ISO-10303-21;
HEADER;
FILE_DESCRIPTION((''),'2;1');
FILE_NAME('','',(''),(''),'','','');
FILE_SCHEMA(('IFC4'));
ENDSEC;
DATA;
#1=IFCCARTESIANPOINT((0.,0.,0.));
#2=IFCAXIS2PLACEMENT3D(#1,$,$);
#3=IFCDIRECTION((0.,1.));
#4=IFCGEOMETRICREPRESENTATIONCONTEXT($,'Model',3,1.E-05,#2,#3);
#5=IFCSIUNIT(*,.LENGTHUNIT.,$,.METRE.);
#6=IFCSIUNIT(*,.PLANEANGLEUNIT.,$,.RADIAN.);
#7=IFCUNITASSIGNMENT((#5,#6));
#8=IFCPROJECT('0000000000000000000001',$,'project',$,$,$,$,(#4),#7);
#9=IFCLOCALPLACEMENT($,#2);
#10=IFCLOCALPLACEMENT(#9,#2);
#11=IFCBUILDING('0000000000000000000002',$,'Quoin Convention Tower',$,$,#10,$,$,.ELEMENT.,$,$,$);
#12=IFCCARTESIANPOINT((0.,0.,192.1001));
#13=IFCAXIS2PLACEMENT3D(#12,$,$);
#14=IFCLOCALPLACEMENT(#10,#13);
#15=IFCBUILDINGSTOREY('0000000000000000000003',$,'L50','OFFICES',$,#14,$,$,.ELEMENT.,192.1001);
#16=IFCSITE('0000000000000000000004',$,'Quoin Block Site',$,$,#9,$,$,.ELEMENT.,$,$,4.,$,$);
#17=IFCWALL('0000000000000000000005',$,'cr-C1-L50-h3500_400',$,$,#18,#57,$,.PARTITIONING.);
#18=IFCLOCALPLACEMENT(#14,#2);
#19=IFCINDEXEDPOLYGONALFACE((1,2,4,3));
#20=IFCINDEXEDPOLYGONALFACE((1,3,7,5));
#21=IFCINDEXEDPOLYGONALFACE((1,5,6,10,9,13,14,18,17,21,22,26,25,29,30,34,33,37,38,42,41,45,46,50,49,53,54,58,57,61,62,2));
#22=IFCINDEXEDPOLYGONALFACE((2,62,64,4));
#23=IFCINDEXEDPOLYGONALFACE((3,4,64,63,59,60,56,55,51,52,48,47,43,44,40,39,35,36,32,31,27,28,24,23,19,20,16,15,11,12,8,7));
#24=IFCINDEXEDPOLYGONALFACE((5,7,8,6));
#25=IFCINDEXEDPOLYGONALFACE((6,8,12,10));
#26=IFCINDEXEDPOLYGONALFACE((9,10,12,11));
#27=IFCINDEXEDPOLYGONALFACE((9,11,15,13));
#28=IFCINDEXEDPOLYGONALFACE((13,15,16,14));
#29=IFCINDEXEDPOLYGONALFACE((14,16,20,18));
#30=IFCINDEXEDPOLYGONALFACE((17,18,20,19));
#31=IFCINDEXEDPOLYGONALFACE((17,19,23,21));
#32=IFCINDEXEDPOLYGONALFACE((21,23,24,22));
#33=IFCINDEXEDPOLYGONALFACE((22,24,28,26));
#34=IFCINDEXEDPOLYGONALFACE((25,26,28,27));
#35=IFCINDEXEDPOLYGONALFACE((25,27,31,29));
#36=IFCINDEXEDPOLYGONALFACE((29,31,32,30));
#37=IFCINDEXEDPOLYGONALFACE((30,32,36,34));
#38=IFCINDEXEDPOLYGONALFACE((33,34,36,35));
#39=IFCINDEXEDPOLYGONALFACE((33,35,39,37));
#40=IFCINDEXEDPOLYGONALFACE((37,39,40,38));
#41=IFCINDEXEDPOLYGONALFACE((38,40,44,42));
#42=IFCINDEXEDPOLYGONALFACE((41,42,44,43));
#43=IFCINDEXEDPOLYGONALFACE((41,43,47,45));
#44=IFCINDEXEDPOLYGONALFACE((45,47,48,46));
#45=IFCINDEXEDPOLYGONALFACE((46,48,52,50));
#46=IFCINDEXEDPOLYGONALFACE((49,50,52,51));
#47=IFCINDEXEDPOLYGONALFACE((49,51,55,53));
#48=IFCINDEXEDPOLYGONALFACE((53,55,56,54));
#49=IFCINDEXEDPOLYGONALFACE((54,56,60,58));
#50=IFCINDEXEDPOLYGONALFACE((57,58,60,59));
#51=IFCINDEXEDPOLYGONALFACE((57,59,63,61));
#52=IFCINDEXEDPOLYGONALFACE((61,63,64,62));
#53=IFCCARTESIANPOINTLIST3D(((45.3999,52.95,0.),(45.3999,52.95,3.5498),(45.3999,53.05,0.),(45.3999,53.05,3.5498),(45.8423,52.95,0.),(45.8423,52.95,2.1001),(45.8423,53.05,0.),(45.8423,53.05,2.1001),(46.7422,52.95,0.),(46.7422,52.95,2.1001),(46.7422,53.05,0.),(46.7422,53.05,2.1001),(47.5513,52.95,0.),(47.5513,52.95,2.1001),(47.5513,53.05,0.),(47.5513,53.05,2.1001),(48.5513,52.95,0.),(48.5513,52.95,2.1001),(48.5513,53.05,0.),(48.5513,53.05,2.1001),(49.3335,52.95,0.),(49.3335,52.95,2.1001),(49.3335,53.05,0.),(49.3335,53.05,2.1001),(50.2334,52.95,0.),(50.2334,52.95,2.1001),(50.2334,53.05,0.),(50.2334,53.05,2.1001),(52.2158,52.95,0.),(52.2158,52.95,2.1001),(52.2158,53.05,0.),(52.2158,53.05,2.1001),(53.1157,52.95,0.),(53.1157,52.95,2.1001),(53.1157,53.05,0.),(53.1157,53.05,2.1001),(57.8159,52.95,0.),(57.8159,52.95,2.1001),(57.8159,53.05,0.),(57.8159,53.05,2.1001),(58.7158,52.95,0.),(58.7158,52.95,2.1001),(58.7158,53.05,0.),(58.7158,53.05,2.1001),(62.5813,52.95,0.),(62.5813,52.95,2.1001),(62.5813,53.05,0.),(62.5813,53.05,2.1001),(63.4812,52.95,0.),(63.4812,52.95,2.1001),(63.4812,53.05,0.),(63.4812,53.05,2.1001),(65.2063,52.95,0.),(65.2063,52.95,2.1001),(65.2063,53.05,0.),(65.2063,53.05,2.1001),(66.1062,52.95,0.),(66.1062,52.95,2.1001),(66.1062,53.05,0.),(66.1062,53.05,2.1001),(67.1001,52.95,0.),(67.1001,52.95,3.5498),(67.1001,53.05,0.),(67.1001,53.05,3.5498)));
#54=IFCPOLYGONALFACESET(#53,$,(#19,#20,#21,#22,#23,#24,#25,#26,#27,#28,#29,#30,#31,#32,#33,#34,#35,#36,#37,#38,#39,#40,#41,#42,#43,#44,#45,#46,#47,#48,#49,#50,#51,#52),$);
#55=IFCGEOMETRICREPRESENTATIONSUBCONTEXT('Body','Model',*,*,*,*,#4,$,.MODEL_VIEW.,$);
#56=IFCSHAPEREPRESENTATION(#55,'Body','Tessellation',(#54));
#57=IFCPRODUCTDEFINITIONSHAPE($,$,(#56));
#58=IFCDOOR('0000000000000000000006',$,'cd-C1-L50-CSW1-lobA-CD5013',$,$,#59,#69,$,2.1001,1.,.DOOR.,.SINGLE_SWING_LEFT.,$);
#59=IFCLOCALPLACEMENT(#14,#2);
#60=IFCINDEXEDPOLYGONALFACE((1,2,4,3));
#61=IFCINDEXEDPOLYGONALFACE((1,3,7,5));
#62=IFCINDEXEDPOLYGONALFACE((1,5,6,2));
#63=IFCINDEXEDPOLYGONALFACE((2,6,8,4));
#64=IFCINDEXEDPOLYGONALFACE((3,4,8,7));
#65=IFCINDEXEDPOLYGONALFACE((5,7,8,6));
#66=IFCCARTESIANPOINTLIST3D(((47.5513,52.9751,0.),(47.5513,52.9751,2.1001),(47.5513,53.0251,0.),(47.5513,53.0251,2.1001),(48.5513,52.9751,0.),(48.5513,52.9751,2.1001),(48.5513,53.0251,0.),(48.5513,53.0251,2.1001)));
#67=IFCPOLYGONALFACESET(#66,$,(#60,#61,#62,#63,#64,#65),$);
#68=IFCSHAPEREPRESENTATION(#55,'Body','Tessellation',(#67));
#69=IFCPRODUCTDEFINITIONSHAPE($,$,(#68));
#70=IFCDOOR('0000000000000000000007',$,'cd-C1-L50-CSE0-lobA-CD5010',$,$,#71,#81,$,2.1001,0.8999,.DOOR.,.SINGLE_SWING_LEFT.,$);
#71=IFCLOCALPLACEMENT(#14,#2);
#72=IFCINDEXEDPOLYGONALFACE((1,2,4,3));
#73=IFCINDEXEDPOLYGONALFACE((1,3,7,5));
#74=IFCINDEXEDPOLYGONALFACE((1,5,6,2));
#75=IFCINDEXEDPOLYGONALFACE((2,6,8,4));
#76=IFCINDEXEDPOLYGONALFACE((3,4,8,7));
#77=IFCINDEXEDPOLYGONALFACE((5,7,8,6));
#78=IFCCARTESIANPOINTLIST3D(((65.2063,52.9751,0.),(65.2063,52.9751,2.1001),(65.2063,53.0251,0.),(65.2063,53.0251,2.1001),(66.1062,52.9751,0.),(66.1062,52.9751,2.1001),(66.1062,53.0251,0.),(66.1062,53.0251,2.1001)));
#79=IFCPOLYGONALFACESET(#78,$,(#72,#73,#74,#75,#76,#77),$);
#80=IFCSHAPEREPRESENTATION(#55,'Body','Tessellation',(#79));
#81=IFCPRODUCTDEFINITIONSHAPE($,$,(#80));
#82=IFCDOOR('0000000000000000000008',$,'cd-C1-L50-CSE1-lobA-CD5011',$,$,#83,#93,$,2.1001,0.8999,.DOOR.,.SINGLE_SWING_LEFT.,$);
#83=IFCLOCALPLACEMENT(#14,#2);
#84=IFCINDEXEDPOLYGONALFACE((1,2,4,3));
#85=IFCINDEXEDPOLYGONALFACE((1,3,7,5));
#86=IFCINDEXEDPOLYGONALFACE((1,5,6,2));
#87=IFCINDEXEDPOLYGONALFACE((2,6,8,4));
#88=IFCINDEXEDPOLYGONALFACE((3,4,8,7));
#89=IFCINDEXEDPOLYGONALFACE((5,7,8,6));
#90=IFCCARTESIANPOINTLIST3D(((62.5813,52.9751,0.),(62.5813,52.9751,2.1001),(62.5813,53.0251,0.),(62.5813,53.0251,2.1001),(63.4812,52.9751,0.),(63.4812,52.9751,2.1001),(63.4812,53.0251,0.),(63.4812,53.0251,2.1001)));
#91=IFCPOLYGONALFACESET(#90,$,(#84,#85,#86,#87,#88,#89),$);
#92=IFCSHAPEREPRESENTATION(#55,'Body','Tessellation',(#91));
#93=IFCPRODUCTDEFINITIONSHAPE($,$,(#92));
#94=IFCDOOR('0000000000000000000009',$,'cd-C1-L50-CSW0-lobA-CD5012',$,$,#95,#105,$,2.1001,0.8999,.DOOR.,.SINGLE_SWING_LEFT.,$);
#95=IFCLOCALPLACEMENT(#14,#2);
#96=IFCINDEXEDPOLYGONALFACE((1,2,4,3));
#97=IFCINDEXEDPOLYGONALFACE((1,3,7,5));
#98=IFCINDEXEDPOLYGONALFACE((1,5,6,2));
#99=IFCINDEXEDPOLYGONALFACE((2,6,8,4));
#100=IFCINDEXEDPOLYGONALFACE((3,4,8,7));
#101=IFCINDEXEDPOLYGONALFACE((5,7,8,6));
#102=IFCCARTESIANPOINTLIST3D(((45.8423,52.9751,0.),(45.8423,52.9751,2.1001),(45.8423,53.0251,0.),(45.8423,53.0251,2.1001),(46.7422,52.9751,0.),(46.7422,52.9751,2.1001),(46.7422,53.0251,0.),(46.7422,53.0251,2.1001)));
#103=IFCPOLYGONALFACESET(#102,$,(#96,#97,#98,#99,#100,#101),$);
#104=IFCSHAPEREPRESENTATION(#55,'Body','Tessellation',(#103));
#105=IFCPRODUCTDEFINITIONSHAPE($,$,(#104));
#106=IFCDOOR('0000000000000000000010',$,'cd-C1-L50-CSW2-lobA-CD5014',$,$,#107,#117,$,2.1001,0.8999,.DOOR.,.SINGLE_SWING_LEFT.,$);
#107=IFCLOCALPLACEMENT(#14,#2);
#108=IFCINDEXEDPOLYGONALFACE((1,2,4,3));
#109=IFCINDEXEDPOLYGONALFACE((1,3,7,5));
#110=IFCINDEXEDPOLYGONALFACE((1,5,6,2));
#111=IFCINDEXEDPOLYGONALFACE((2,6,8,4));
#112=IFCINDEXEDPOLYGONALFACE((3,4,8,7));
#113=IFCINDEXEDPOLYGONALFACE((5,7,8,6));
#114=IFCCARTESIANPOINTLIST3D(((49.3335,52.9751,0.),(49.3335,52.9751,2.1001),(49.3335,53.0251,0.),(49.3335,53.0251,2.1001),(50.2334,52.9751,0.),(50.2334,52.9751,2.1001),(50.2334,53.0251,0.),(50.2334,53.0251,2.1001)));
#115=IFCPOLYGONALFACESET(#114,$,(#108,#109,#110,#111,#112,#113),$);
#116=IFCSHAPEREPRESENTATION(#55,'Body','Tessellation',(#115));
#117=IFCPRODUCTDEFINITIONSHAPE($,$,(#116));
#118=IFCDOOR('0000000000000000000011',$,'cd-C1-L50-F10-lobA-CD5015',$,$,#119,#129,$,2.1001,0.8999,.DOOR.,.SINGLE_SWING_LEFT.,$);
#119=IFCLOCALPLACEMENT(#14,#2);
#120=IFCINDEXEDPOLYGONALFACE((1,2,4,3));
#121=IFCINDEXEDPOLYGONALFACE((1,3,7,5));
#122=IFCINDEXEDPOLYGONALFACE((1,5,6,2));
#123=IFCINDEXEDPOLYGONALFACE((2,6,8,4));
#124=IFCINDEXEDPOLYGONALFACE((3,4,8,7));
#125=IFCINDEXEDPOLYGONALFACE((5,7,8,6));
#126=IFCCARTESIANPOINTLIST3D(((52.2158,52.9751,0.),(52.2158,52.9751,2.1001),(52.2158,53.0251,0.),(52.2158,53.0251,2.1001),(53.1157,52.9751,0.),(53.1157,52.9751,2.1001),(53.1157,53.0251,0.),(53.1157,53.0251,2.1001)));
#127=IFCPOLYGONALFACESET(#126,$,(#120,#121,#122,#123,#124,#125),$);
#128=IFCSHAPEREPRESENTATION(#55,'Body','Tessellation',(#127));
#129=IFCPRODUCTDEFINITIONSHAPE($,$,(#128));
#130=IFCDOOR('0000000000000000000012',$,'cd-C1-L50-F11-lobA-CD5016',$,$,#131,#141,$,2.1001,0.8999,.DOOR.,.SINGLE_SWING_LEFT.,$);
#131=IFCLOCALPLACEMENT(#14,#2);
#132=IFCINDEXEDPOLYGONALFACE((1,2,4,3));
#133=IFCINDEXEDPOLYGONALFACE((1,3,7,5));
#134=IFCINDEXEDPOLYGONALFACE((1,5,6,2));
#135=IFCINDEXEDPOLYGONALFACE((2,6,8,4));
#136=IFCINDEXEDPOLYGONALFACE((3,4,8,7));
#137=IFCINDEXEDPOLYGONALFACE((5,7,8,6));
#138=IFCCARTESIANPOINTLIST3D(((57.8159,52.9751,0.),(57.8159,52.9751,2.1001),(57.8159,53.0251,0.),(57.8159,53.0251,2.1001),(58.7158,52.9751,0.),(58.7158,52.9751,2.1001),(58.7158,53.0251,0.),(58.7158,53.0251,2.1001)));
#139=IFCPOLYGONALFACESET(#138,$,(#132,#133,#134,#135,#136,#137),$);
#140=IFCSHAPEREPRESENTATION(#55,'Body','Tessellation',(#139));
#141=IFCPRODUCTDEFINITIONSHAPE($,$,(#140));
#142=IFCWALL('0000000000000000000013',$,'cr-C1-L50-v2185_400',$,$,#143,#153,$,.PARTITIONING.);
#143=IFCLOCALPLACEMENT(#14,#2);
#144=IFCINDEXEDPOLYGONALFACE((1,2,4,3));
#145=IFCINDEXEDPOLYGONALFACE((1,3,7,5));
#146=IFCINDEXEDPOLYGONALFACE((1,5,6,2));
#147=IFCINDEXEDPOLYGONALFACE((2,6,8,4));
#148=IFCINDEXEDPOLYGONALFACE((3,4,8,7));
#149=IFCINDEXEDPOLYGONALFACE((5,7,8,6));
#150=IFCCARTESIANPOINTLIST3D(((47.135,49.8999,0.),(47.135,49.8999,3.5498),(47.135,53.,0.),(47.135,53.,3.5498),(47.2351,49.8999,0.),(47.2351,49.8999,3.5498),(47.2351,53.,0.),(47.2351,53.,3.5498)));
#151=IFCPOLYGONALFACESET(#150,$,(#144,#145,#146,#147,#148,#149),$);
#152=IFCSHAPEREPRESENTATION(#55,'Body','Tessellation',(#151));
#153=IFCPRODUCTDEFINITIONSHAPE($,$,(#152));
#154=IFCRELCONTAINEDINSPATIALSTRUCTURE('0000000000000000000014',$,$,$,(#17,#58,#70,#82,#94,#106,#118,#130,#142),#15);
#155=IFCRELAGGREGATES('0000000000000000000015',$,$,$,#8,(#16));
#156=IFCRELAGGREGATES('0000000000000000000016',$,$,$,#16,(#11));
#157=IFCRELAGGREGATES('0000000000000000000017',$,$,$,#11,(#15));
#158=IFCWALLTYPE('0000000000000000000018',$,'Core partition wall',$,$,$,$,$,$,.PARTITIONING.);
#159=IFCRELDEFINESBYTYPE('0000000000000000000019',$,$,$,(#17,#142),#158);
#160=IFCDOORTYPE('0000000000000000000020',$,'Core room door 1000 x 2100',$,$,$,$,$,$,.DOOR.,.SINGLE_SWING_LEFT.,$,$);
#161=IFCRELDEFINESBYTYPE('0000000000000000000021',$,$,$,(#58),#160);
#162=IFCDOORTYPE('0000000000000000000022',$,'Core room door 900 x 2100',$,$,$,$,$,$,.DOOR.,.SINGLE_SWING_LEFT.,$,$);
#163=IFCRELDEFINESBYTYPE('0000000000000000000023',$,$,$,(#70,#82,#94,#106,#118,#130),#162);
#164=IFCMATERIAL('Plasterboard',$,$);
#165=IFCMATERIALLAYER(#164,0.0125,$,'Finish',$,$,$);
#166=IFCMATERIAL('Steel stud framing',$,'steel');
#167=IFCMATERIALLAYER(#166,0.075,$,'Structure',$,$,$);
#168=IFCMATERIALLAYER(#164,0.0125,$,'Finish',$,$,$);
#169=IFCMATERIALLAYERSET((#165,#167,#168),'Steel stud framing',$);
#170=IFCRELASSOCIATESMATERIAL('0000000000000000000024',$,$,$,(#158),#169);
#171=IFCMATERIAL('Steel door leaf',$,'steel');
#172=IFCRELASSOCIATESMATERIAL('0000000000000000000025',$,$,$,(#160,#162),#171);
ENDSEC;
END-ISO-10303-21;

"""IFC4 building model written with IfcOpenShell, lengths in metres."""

from ifc_helpers import new_model, si_unit, direction, frame, frame_2d, origin, place, context, subcontext, project, spatial, rectangle, extrude, material, layer, layer_set, type_object, element, fill, save


model = new_model("IFC4")

# Units and contexts
model_context = context("Model", 3, precision=1e-05, world=origin(), true_north=direction((0.0, 1.0)))
body_context = subcontext(model_context, "Body", "Model", "MODEL_VIEW")
ifc_project = project(units=[si_unit("LENGTHUNIT", "METRE"), si_unit("PLANEANGLEUNIT", "RADIAN")], contexts=[model_context])

# Site, building, storey
site_placement = place(None, origin())
site = spatial("IfcSite", under=ifc_project, at=site_placement, Name="Quoin Block Site", CompositionType="ELEMENT", RefElevation=4.0)
building_placement = place(site_placement, origin())
building = spatial("IfcBuilding", under=site, at=building_placement, Name="Quoin Convention Tower", CompositionType="ELEMENT")
storey_placement = place(building_placement, frame((0.0, 0.0, 192.1001)))
storey = spatial("IfcBuildingStorey", under=building, at=storey_placement, Name="L50", Description="OFFICES", CompositionType="ELEMENT", Elevation=192.1001)

# Wall, openings, doors
ifc_material_1 = material(Name="Plasterboard")
ifc_layer_1 = layer(ifc_material_1, 0.0125, Name="Finish")
ifc_material_2 = material(Name="Steel stud framing", Category="steel")
ifc_layer_2 = layer(ifc_material_2, 0.075, Name="Structure")
ifc_layer_3 = layer(ifc_material_1, 0.0125, Name="Finish")
ifc_layer_set_1 = layer_set([ifc_layer_1, ifc_layer_2, ifc_layer_3], Name="Steel stud framing")
wall_type_1 = type_object("IfcWallType", Name="Core partition wall", PredefinedType="PARTITIONING", material=ifc_layer_set_1)
wall_1_placement = place(storey_placement, frame((45.3999, 53.0, 0.0), z_axis=(0.0, 0.0, 1.0), x_axis=(1.0, 0.0, 0.0)))
wall_1 = element("IfcWall", 1, at=wall_1_placement, inside=storey, type_object=wall_type_1, Name="cr-C1-L50-h3500_400", PredefinedType="PARTITIONING", context=body_context, shape_type="SweptSolid", body=[
    extrude(rectangle(XDim=21.7002, YDim=0.1001, at=frame_2d((10.8501, 0.0))), origin(), (0.0, 0.0, 1.0), 3.5498),
])
opening_1_placement = place(wall_1_placement, frame((19.8064, 0.0, 0.0)))
opening_1 = element("IfcOpeningElement", 2, at=opening_1_placement, cuts=wall_1, PredefinedType="OPENING", context=body_context, shape_type="SweptSolid", body=[
    extrude(rectangle(XDim=0.8999, YDim=2.1001, at=frame_2d((0.45, 1.05))), frame((0.0, 0.0601, 0.0), z_axis=(0.0, -1.0, 0.0), x_axis=(1.0, 0.0, 0.0)), (0.0, 0.0, 1.0), 0.1201),
])
opening_2_placement = place(wall_1_placement, frame((17.1814, 0.0, 0.0)))
opening_2 = element("IfcOpeningElement", 3, at=opening_2_placement, cuts=wall_1, PredefinedType="OPENING", context=body_context, shape_type="SweptSolid", body=[
    extrude(rectangle(XDim=0.8999, YDim=2.1001, at=frame_2d((0.45, 1.05))), frame((0.0, 0.0601, 0.0), z_axis=(0.0, -1.0, 0.0), x_axis=(1.0, 0.0, 0.0)), (0.0, 0.0, 1.0), 0.1201),
])
opening_3_placement = place(wall_1_placement, frame((0.4424, 0.0, 0.0)))
opening_3 = element("IfcOpeningElement", 4, at=opening_3_placement, cuts=wall_1, PredefinedType="OPENING", context=body_context, shape_type="SweptSolid", body=[
    extrude(rectangle(XDim=0.8999, YDim=2.1001, at=frame_2d((0.45, 1.05))), frame((0.0, 0.0601, 0.0), z_axis=(0.0, -1.0, 0.0), x_axis=(1.0, 0.0, 0.0)), (0.0, 0.0, 1.0), 0.1201),
])
opening_4_placement = place(wall_1_placement, frame((2.1514, 0.0, 0.0)))
opening_4 = element("IfcOpeningElement", 5, at=opening_4_placement, cuts=wall_1, PredefinedType="OPENING", context=body_context, shape_type="SweptSolid", body=[
    extrude(rectangle(XDim=1.0, YDim=2.1001, at=frame_2d((0.5, 1.05))), frame((0.0, 0.0601, 0.0), z_axis=(0.0, -1.0, 0.0), x_axis=(1.0, 0.0, 0.0)), (0.0, 0.0, 1.0), 0.1201),
])
opening_5_placement = place(wall_1_placement, frame((3.9336, 0.0, 0.0)))
opening_5 = element("IfcOpeningElement", 6, at=opening_5_placement, cuts=wall_1, PredefinedType="OPENING", context=body_context, shape_type="SweptSolid", body=[
    extrude(rectangle(XDim=0.8999, YDim=2.1001, at=frame_2d((0.45, 1.05))), frame((0.0, 0.0601, 0.0), z_axis=(0.0, -1.0, 0.0), x_axis=(1.0, 0.0, 0.0)), (0.0, 0.0, 1.0), 0.1201),
])
opening_6_placement = place(wall_1_placement, frame((6.8159, 0.0, 0.0)))
opening_6 = element("IfcOpeningElement", 7, at=opening_6_placement, cuts=wall_1, PredefinedType="OPENING", context=body_context, shape_type="SweptSolid", body=[
    extrude(rectangle(XDim=0.8999, YDim=2.1001, at=frame_2d((0.45, 1.05))), frame((0.0, 0.0601, 0.0), z_axis=(0.0, -1.0, 0.0), x_axis=(1.0, 0.0, 0.0)), (0.0, 0.0, 1.0), 0.1201),
])
opening_7_placement = place(wall_1_placement, frame((12.416, 0.0, 0.0)))
opening_7 = element("IfcOpeningElement", 8, at=opening_7_placement, cuts=wall_1, PredefinedType="OPENING", context=body_context, shape_type="SweptSolid", body=[
    extrude(rectangle(XDim=0.8999, YDim=2.1001, at=frame_2d((0.45, 1.05))), frame((0.0, 0.0601, 0.0), z_axis=(0.0, -1.0, 0.0), x_axis=(1.0, 0.0, 0.0)), (0.0, 0.0, 1.0), 0.1201),
])
ifc_material_3 = material(Name="Steel door leaf", Category="steel")
door_type_1 = type_object("IfcDoorType", Name="Core room door 1000 x 2100", OperationType="SINGLE_SWING_LEFT", PredefinedType="DOOR", material=ifc_material_3)
door_1_placement = place(opening_4_placement, frame((1.0, 0.0, 0.0), z_axis=(0.0, 0.0, 1.0), x_axis=(-1.0, 0.0, 0.0)))
door_1 = element("IfcDoor", 9, at=door_1_placement, inside=storey, type_object=door_type_1, Name="cd-C1-L50-CSW1-lobA-CD5013", OperationType="SINGLE_SWING_LEFT", OverallHeight=2.1001, OverallWidth=1.0, PredefinedType="DOOR", context=body_context, shape_type="SweptSolid", body=[
    extrude(rectangle(XDim=1.0, YDim=2.1001, at=frame_2d((0.5, 1.05))), frame((0.0, 0.0249, 0.0), z_axis=(0.0, -1.0, 0.0), x_axis=(1.0, 0.0, 0.0)), (0.0, 0.0, 1.0), 0.05),
])
fill(opening_4, door_1)
door_type_2 = type_object("IfcDoorType", Name="Core room door 900 x 2100", OperationType="SINGLE_SWING_LEFT", PredefinedType="DOOR", material=ifc_material_3)
door_2_placement = place(opening_1_placement, frame((0.8999, 0.0, 0.0), z_axis=(0.0, 0.0, 1.0), x_axis=(-1.0, 0.0, 0.0)))
door_2 = element("IfcDoor", 10, at=door_2_placement, inside=storey, type_object=door_type_2, Name="cd-C1-L50-CSE0-lobA-CD5010", OperationType="SINGLE_SWING_LEFT", OverallHeight=2.1001, OverallWidth=0.8999, PredefinedType="DOOR", context=body_context, shape_type="SweptSolid", body=[
    extrude(rectangle(XDim=0.8999, YDim=2.1001, at=frame_2d((0.45, 1.05))), frame((0.0, 0.0249, 0.0), z_axis=(0.0, -1.0, 0.0), x_axis=(1.0, 0.0, 0.0)), (0.0, 0.0, 1.0), 0.05),
])
fill(opening_1, door_2)
door_3_placement = place(opening_2_placement, frame((0.8999, 0.0, 0.0), z_axis=(0.0, 0.0, 1.0), x_axis=(-1.0, 0.0, 0.0)))
door_3 = element("IfcDoor", 11, at=door_3_placement, inside=storey, type_object=door_type_2, Name="cd-C1-L50-CSE1-lobA-CD5011", OperationType="SINGLE_SWING_LEFT", OverallHeight=2.1001, OverallWidth=0.8999, PredefinedType="DOOR", context=body_context, shape_type="SweptSolid", body=[
    extrude(rectangle(XDim=0.8999, YDim=2.1001, at=frame_2d((0.45, 1.05))), frame((0.0, 0.0249, 0.0), z_axis=(0.0, -1.0, 0.0), x_axis=(1.0, 0.0, 0.0)), (0.0, 0.0, 1.0), 0.05),
])
fill(opening_2, door_3)
door_4_placement = place(opening_3_placement, frame((0.8999, 0.0, 0.0), z_axis=(0.0, 0.0, 1.0), x_axis=(-1.0, 0.0, 0.0)))
door_4 = element("IfcDoor", 12, at=door_4_placement, inside=storey, type_object=door_type_2, Name="cd-C1-L50-CSW0-lobA-CD5012", OperationType="SINGLE_SWING_LEFT", OverallHeight=2.1001, OverallWidth=0.8999, PredefinedType="DOOR", context=body_context, shape_type="SweptSolid", body=[
    extrude(rectangle(XDim=0.8999, YDim=2.1001, at=frame_2d((0.45, 1.05))), frame((0.0, 0.0249, 0.0), z_axis=(0.0, -1.0, 0.0), x_axis=(1.0, 0.0, 0.0)), (0.0, 0.0, 1.0), 0.05),
])
fill(opening_3, door_4)
door_5_placement = place(opening_5_placement, frame((0.8999, 0.0, 0.0), z_axis=(0.0, 0.0, 1.0), x_axis=(-1.0, 0.0, 0.0)))
door_5 = element("IfcDoor", 13, at=door_5_placement, inside=storey, type_object=door_type_2, Name="cd-C1-L50-CSW2-lobA-CD5014", OperationType="SINGLE_SWING_LEFT", OverallHeight=2.1001, OverallWidth=0.8999, PredefinedType="DOOR", context=body_context, shape_type="SweptSolid", body=[
    extrude(rectangle(XDim=0.8999, YDim=2.1001, at=frame_2d((0.45, 1.05))), frame((0.0, 0.0249, 0.0), z_axis=(0.0, -1.0, 0.0), x_axis=(1.0, 0.0, 0.0)), (0.0, 0.0, 1.0), 0.05),
])
fill(opening_5, door_5)
door_6_placement = place(opening_6_placement, frame((0.8999, 0.0, 0.0), z_axis=(0.0, 0.0, 1.0), x_axis=(-1.0, 0.0, 0.0)))
door_6 = element("IfcDoor", 14, at=door_6_placement, inside=storey, type_object=door_type_2, Name="cd-C1-L50-F10-lobA-CD5015", OperationType="SINGLE_SWING_LEFT", OverallHeight=2.1001, OverallWidth=0.8999, PredefinedType="DOOR", context=body_context, shape_type="SweptSolid", body=[
    extrude(rectangle(XDim=0.8999, YDim=2.1001, at=frame_2d((0.45, 1.05))), frame((0.0, 0.0249, 0.0), z_axis=(0.0, -1.0, 0.0), x_axis=(1.0, 0.0, 0.0)), (0.0, 0.0, 1.0), 0.05),
])
fill(opening_6, door_6)
door_7_placement = place(opening_7_placement, frame((0.8999, 0.0, 0.0), z_axis=(0.0, 0.0, 1.0), x_axis=(-1.0, 0.0, 0.0)))
door_7 = element("IfcDoor", 15, at=door_7_placement, inside=storey, type_object=door_type_2, Name="cd-C1-L50-F11-lobA-CD5016", OperationType="SINGLE_SWING_LEFT", OverallHeight=2.1001, OverallWidth=0.8999, PredefinedType="DOOR", context=body_context, shape_type="SweptSolid", body=[
    extrude(rectangle(XDim=0.8999, YDim=2.1001, at=frame_2d((0.45, 1.05))), frame((0.0, 0.0249, 0.0), z_axis=(0.0, -1.0, 0.0), x_axis=(1.0, 0.0, 0.0)), (0.0, 0.0, 1.0), 0.05),
])
fill(opening_7, door_7)

# Wall
for number, where, z_axis, x_axis, name in (
    (16, (47.1851, 49.8999, 0.0), (0.0, 0.0, 1.0), (0.0, 1.0, 0.0), "cr-C1-L50-v2185_400"),
):
    element("IfcWall", number, at=place(storey_placement, frame(where, z_axis=z_axis, x_axis=x_axis)), inside=storey, type_object=wall_type_1, Name=name, PredefinedType="PARTITIONING", context=body_context, shape_type="SweptSolid", body=[
        extrude(rectangle(XDim=3.1001, YDim=0.1001, at=frame_2d((1.55, 0.0))), origin(), (0.0, 0.0, 1.0), 3.5498),
    ])

save(model, "model.ifc")
